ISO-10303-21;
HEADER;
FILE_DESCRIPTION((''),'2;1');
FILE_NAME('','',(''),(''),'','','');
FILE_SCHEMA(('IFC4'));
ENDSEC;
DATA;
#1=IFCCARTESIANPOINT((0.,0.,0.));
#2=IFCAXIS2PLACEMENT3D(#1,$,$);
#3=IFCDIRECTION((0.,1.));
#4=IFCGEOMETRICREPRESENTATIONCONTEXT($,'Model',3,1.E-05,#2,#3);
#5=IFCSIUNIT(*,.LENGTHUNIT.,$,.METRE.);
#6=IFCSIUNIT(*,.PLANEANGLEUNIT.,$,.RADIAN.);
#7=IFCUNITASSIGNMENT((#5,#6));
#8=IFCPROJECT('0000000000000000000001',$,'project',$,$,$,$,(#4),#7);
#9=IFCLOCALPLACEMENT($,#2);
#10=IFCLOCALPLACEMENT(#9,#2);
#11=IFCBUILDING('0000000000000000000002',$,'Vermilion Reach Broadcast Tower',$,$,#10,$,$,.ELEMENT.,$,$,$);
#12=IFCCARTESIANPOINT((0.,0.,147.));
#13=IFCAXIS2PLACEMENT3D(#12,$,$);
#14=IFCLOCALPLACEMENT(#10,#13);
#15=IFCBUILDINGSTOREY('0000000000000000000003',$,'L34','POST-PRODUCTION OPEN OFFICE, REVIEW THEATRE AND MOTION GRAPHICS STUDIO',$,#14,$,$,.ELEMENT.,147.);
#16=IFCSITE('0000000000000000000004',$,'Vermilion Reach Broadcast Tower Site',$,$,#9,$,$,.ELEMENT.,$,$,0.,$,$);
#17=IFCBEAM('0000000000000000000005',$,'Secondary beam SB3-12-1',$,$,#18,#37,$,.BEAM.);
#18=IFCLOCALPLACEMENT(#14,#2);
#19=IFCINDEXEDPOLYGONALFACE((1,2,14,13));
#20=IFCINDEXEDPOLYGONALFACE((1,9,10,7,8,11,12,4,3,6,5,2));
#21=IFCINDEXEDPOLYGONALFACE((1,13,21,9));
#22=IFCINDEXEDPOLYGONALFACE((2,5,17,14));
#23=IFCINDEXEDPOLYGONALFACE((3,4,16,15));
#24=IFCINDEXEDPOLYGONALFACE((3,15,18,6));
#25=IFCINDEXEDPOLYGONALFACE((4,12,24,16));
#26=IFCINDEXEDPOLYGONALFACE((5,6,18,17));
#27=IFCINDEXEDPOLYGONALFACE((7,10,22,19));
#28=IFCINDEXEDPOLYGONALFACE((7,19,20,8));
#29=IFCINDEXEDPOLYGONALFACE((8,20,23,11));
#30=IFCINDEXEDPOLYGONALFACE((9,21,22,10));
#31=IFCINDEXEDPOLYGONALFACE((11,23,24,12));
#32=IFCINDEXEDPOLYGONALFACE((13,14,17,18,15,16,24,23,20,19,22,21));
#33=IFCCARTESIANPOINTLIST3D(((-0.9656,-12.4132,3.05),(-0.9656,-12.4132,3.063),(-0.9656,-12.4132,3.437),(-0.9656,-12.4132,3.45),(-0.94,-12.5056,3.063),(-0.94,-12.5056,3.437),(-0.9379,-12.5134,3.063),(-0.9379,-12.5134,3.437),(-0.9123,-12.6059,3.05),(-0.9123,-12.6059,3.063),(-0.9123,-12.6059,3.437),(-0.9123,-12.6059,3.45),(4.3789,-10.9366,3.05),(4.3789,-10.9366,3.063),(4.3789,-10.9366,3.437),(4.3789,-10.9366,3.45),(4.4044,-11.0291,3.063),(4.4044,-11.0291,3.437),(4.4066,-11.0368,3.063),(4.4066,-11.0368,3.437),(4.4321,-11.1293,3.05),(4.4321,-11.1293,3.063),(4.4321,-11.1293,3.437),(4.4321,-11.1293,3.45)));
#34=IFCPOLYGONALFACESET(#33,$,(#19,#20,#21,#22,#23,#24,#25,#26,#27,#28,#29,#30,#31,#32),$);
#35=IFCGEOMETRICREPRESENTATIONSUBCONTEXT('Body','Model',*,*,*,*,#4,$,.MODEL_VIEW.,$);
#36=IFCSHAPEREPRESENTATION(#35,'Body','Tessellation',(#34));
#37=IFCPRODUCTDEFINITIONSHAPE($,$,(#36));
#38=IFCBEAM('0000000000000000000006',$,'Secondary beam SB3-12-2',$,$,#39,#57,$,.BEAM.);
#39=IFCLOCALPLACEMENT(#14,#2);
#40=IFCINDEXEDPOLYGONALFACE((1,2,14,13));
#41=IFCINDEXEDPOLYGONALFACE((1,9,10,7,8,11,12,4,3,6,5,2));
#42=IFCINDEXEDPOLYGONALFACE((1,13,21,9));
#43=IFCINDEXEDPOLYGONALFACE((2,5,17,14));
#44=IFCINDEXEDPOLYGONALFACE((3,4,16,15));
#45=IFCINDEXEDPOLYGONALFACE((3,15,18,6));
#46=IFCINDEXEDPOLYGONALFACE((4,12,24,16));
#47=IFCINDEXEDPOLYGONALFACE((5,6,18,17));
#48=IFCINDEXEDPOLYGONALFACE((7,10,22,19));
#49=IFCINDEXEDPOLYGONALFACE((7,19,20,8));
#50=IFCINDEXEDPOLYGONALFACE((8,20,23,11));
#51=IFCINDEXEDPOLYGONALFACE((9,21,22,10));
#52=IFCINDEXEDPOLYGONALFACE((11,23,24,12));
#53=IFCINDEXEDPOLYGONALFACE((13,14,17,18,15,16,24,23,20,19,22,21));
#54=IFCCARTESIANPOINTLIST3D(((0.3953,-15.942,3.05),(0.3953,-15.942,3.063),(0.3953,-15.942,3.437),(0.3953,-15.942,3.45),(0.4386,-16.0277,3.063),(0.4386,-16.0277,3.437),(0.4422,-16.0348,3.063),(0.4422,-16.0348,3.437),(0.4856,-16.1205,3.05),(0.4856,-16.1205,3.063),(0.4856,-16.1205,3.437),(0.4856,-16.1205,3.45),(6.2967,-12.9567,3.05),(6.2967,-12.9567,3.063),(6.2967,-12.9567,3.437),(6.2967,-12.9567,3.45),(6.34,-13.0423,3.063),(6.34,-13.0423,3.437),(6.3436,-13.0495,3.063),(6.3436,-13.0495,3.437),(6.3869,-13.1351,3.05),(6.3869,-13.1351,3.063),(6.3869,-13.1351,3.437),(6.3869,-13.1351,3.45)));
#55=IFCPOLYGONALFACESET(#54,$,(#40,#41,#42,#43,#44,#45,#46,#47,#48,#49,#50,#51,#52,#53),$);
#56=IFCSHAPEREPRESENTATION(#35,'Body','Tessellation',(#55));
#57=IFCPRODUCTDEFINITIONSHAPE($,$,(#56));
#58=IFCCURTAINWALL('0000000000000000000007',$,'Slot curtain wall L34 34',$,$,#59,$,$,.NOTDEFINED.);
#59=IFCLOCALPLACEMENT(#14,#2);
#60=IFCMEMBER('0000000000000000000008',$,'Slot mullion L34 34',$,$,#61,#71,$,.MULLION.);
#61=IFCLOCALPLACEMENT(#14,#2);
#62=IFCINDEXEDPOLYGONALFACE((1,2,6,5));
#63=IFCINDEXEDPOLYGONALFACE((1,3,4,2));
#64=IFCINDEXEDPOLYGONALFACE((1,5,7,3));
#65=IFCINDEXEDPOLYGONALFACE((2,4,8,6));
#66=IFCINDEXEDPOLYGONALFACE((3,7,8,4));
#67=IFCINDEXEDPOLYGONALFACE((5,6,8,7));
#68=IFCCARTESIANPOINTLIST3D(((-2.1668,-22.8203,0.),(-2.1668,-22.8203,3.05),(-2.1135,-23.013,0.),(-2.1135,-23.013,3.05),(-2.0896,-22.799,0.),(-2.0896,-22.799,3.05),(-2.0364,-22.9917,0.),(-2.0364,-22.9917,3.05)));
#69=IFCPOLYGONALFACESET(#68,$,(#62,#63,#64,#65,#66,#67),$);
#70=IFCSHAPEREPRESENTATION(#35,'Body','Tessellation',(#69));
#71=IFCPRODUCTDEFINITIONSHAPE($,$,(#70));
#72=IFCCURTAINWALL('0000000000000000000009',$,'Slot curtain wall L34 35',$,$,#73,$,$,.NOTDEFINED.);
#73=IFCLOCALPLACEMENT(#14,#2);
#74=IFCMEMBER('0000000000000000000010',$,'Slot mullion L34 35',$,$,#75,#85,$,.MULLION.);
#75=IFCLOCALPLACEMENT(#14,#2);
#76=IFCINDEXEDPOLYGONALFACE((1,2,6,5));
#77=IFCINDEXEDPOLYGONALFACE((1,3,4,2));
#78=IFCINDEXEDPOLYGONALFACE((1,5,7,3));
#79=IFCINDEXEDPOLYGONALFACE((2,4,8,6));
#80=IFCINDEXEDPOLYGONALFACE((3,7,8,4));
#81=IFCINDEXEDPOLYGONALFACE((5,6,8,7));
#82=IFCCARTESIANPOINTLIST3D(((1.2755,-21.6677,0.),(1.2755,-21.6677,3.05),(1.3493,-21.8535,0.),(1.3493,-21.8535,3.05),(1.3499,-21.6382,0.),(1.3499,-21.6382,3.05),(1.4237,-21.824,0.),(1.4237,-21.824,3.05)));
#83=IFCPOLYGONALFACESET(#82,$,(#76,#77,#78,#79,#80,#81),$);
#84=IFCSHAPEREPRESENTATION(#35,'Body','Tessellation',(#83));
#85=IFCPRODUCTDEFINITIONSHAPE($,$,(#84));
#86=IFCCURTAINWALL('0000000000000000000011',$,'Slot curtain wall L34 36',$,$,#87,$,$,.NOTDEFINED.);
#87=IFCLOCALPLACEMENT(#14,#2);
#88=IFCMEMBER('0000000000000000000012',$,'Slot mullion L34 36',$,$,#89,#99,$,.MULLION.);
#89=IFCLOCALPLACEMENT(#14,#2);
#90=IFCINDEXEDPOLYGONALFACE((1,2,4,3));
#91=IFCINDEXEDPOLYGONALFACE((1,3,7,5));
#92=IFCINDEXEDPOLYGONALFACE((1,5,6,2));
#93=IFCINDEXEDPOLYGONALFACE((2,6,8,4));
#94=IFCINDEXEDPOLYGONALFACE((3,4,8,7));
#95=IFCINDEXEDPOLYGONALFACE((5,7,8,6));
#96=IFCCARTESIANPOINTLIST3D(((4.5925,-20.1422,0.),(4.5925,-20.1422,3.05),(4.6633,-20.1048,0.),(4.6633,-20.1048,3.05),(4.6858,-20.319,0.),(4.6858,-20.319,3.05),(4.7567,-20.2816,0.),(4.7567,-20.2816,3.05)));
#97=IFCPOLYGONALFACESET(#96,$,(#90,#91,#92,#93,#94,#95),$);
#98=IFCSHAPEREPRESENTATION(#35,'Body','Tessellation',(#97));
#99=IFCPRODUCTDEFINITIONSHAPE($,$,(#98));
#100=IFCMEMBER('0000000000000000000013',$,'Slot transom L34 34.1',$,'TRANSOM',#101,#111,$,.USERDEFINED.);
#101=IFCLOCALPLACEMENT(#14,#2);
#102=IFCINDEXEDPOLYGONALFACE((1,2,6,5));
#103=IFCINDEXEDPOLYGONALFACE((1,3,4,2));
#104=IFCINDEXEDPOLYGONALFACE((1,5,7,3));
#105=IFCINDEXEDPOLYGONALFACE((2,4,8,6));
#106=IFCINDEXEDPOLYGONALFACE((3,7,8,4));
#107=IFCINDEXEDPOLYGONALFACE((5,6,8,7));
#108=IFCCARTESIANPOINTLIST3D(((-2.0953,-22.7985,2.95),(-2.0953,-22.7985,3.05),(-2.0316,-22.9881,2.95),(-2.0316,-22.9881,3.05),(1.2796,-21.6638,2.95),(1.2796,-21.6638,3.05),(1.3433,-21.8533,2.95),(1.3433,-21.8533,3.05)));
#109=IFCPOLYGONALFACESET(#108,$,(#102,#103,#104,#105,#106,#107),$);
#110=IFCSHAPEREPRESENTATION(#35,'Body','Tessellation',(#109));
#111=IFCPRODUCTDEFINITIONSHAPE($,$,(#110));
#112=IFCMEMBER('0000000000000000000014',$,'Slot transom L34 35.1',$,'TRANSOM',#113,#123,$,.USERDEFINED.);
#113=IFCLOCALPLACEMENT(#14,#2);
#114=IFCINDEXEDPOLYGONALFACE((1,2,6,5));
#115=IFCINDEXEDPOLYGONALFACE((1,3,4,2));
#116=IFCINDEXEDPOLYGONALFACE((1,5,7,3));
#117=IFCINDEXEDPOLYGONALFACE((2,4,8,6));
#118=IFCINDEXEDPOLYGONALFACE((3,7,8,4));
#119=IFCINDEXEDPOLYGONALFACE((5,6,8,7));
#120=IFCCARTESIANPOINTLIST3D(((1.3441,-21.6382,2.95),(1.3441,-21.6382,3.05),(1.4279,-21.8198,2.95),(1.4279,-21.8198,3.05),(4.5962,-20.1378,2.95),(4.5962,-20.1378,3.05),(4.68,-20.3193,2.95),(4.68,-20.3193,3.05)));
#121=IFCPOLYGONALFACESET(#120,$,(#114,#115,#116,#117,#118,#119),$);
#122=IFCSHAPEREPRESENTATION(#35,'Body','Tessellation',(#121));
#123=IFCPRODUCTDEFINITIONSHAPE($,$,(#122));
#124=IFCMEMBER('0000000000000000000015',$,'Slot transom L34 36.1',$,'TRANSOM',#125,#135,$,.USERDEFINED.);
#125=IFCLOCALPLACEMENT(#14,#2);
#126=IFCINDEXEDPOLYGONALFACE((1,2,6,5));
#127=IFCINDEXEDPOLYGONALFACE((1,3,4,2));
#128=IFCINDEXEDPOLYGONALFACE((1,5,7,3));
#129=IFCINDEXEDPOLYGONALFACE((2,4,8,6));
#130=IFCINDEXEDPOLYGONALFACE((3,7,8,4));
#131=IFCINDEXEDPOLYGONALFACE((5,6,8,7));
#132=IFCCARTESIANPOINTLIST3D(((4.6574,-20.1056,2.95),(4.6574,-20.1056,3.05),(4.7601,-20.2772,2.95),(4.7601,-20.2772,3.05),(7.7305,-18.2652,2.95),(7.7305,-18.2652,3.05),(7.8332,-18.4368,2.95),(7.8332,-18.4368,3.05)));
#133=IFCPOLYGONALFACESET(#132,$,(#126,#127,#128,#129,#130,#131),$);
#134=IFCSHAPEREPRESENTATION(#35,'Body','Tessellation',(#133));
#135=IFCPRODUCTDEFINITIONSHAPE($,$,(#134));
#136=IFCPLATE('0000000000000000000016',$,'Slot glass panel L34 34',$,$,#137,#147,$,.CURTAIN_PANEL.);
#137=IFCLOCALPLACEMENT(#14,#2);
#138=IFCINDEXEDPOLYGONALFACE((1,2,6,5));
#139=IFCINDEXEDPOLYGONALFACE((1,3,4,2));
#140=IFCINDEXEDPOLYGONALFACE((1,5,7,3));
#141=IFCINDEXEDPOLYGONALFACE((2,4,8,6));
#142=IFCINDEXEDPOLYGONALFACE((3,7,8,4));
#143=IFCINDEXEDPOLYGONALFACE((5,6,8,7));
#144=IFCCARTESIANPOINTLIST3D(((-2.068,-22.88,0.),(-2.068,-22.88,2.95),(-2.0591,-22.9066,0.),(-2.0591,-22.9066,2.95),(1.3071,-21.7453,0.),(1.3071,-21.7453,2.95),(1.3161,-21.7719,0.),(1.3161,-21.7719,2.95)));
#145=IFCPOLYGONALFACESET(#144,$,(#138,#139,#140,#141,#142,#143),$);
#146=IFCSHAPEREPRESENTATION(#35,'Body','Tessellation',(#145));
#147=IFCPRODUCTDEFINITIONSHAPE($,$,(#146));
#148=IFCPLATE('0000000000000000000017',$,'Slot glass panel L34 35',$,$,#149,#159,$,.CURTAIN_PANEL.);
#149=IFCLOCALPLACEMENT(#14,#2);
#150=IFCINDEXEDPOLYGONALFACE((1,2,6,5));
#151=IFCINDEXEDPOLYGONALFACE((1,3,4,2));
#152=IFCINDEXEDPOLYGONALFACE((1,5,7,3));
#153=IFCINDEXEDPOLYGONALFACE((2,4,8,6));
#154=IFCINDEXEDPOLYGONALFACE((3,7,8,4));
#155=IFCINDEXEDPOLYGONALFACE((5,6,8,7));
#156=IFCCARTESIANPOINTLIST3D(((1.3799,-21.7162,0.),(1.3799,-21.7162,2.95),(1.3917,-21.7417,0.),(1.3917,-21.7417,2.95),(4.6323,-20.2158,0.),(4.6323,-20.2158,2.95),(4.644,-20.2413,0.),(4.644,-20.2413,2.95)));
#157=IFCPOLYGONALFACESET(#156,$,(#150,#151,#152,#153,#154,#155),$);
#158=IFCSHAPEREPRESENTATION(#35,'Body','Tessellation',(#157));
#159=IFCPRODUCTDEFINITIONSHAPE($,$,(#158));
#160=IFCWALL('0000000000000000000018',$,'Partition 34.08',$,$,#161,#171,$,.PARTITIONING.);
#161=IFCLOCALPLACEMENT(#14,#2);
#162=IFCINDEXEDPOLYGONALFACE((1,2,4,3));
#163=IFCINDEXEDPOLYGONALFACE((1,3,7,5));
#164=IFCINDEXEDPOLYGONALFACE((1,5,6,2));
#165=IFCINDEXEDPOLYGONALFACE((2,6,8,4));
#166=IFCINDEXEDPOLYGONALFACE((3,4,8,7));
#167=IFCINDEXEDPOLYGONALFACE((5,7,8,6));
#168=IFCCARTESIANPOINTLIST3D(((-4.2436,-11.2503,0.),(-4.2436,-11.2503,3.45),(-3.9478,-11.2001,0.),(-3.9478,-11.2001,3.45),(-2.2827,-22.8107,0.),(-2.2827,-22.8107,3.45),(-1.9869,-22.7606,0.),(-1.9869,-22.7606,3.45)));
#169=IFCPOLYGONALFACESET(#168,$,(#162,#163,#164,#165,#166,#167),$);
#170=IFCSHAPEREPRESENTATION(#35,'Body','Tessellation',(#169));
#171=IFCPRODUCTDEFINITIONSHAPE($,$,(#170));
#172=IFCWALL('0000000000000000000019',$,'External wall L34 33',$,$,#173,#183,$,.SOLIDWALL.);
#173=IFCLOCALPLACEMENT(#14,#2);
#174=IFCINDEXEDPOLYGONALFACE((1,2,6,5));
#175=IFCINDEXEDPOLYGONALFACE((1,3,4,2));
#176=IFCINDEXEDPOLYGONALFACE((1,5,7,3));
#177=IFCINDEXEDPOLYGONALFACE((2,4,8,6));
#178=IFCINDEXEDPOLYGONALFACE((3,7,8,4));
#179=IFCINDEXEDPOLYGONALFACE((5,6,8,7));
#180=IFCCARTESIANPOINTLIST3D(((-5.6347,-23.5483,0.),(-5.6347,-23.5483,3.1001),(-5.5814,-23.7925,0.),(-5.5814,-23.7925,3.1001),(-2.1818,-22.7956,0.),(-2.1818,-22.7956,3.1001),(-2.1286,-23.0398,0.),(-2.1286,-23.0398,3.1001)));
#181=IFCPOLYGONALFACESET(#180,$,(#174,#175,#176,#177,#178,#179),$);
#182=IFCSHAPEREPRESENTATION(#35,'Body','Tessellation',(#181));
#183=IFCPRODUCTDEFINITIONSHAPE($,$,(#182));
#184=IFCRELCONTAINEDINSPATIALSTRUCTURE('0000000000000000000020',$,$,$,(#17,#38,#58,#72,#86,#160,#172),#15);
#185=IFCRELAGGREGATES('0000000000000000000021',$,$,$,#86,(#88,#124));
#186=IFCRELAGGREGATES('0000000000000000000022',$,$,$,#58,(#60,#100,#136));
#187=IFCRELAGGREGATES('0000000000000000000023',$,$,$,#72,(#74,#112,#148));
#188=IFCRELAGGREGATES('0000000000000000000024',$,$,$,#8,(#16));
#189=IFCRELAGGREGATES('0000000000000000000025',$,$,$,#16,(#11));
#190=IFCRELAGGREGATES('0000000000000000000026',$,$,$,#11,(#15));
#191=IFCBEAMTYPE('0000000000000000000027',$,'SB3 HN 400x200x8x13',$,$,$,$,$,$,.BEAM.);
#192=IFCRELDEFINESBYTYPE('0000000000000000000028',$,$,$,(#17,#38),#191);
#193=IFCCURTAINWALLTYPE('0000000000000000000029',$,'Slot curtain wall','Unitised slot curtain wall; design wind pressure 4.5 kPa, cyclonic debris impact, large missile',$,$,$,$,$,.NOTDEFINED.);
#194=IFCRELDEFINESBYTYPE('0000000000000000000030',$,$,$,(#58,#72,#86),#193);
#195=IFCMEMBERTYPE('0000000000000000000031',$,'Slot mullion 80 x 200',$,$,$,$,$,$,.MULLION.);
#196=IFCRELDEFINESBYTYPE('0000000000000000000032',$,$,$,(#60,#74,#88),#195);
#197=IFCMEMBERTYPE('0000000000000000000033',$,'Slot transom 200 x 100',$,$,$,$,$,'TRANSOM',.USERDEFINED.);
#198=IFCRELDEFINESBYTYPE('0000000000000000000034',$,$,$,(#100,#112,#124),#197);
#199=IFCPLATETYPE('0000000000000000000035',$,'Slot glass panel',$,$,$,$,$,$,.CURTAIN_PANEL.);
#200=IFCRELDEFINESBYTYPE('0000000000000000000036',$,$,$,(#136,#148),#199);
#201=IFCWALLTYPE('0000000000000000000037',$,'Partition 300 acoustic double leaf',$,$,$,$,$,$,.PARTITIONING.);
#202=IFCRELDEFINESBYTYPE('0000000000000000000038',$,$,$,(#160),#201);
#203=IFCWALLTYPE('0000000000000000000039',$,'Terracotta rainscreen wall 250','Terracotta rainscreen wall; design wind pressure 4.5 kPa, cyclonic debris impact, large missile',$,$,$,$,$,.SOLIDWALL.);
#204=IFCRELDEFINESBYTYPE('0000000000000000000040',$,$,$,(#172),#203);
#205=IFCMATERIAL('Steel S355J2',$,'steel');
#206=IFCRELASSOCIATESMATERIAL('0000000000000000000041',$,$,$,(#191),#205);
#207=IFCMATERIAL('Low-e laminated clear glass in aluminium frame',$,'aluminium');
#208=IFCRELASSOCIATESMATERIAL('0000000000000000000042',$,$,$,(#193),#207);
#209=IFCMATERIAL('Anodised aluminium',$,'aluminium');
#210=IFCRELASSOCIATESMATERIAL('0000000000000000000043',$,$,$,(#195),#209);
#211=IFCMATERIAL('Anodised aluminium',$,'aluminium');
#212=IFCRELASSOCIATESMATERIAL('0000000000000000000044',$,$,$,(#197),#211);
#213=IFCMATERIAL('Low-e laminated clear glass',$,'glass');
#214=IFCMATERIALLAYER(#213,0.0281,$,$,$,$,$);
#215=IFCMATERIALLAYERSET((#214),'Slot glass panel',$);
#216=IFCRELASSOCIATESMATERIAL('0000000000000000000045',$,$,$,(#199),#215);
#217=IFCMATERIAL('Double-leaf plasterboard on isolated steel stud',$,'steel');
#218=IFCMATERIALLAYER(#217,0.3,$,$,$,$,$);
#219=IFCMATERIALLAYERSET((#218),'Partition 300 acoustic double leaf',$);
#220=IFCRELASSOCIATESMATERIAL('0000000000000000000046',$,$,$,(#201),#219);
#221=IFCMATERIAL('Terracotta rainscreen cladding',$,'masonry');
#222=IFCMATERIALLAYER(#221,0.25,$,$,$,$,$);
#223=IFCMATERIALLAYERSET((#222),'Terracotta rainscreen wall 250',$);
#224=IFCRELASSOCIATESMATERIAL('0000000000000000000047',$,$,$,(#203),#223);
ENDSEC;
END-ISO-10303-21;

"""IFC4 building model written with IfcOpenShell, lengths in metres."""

from ifc_helpers import new_model, si_unit, direction, frame, frame_2d, origin, origin_2d, place, context, subcontext, project, spatial, rectangle, i_section, extrude, material, layer, layer_set, material_profile, profile_set, type_object, element, aggregate, save


model = new_model("IFC4")

# Units and contexts
model_context = context("Model", 3, precision=1e-05, world=origin(), true_north=direction((0.0, 1.0)))
body_context = subcontext(model_context, "Body", "Model", "MODEL_VIEW")
ifc_project = project(units=[si_unit("LENGTHUNIT", "METRE"), si_unit("PLANEANGLEUNIT", "RADIAN")], contexts=[model_context])

# Site, building, storey
site_placement = place(None, origin())
site = spatial("IfcSite", under=ifc_project, at=site_placement, Name="Vermilion Reach Broadcast Tower Site", CompositionType="ELEMENT", RefElevation=0.0)
building_placement = place(site_placement, origin())
building = spatial("IfcBuilding", under=site, at=building_placement, Name="Vermilion Reach Broadcast Tower", CompositionType="ELEMENT")
storey_placement = place(building_placement, frame((0.0, 0.0, 147.0)))
storey = spatial("IfcBuildingStorey", under=building, at=storey_placement, Name="L34", Description="POST-PRODUCTION OPEN OFFICE, REVIEW THEATRE AND MOTION GRAPHICS STUDIO", CompositionType="ELEMENT", Elevation=147.0)

# Beams
ifc_material_1 = material(Name="Steel S355J2", Category="steel")
ifc_material_profile_1 = material_profile(ifc_material_1, i_section(OverallWidth=0.2, OverallDepth=0.3999, WebThickness=0.0081, FlangeThickness=0.0129, at=origin_2d()), Name="S355J2 HN 400x200x8x13")
ifc_profile_set_1 = profile_set([ifc_material_profile_1], Name="Steel S355J2")
beam_type_1 = type_object("IfcBeamType", Name="SB3 HN 400x200x8x13", PredefinedType="BEAM", material=ifc_profile_set_1)
beam_1_placement = place(storey_placement, frame((-0.939, -12.5095, 3.25), z_axis=(0.96389, 0.266301, 0.0), x_axis=(-0.266301, 0.96389, 0.0)))
element("IfcBeam", 1, at=beam_1_placement, inside=storey, type_object=beam_type_1, Name="Secondary beam SB3-12-1", PredefinedType="BEAM", context=body_context, shape_type="SweptSolid", body=[
    extrude(i_section(OverallWidth=0.2, OverallDepth=0.3999, WebThickness=0.0081, FlangeThickness=0.0129, at=origin_2d()), origin(), (0.0, 0.0, 1.0), 5.5447),
])
beam_2_placement = place(storey_placement, frame((0.4404, -16.0312, 3.25), z_axis=(0.892321, 0.451402, 0.0), x_axis=(-0.451402, 0.892321, 0.0)))
element("IfcBeam", 2, at=beam_2_placement, inside=storey, type_object=beam_type_1, Name="Secondary beam SB3-12-2", PredefinedType="BEAM", context=body_context, shape_type="SweptSolid", body=[
    extrude(i_section(OverallWidth=0.2, OverallDepth=0.3999, WebThickness=0.0081, FlangeThickness=0.0129, at=origin_2d()), origin(), (0.0, 0.0, 1.0), 6.6135),
])

# Curtain walls, members
ifc_material_2 = material(Name="Low-e laminated clear glass in aluminium frame", Category="aluminium")
curtain_wall_type = type_object("IfcCurtainWallType", Name="Slot curtain wall", Description="Unitised slot curtain wall; design wind pressure 4.5 kPa, cyclonic debris impact, large missile", PredefinedType="NOTDEFINED", material=ifc_material_2)
placement = place(storey_placement, origin())
curtain_wall_1 = element("IfcCurtainWall", 3, at=placement, inside=storey, type_object=curtain_wall_type, Name="Slot curtain wall L34 34", PredefinedType="NOTDEFINED")
ifc_material_3 = material(Name="Anodised aluminium", Category="aluminium")
ifc_material_profile_2 = material_profile(ifc_material_3, rectangle(XDim=0.2, YDim=0.0801, at=origin_2d()), Name="Slot mullion 80 x 200")
ifc_profile_set_2 = profile_set([ifc_material_profile_2], Name="Anodised aluminium")
member_type_1 = type_object("IfcMemberType", Name="Slot mullion 80 x 200", PredefinedType="MULLION", material=ifc_profile_set_2)
member_1_placement = place(storey_placement, frame((-2.1016, -22.906, 0.0), z_axis=(0.0, 0.0, 1.0), x_axis=(-0.266212, 0.963914, 0.0)))
member_1 = element("IfcMember", 4, at=member_1_placement, type_object=member_type_1, Name="Slot mullion L34 34", PredefinedType="MULLION", context=body_context, shape_type="SweptSolid", body=[
    extrude(rectangle(XDim=0.2, YDim=0.0801, at=origin_2d()), origin(), (0.0, 0.0, 1.0), 3.05),
])
curtain_wall_2 = element("IfcCurtainWall", 5, at=placement, inside=storey, type_object=curtain_wall_type, Name="Slot curtain wall L34 35", PredefinedType="NOTDEFINED")
member_2_placement = place(storey_placement, frame((1.3496, -21.7458, 0.0), z_axis=(0.0, 0.0, 1.0), x_axis=(-0.369326, 0.9293, 0.0)))
member_2 = element("IfcMember", 6, at=member_2_placement, type_object=member_type_1, Name="Slot mullion L34 35", PredefinedType="MULLION", context=body_context, shape_type="SweptSolid", body=[
    extrude(rectangle(XDim=0.2, YDim=0.0801, at=origin_2d()), origin(), (0.0, 0.0, 1.0), 3.05),
])
curtain_wall_3 = element("IfcCurtainWall", 7, at=placement, inside=storey, type_object=curtain_wall_type, Name="Slot curtain wall L34 36", PredefinedType="NOTDEFINED")
member_3_placement = place(storey_placement, frame((4.6746, -20.2119, 0.0), z_axis=(0.0, 0.0, 1.0), x_axis=(-0.467004, 0.884255, 0.0)))
member_3 = element("IfcMember", 8, at=member_3_placement, type_object=member_type_1, Name="Slot mullion L34 36", PredefinedType="MULLION", context=body_context, shape_type="SweptSolid", body=[
    extrude(rectangle(XDim=0.2, YDim=0.0801, at=origin_2d()), origin(), (0.0, 0.0, 1.0), 3.05),
])

# Members
ifc_material_4 = material(Name="Anodised aluminium", Category="aluminium")
ifc_material_profile_3 = material_profile(ifc_material_4, rectangle(XDim=0.2, YDim=0.1001, at=origin_2d()), Name="Slot transom 200 x 100")
ifc_profile_set_3 = profile_set([ifc_material_profile_3], Name="Anodised aluminium")
member_type_2 = type_object("IfcMemberType", Name="Slot transom 200 x 100", ElementType="TRANSOM", PredefinedType="USERDEFINED", material=ifc_profile_set_3)
member_4_placement = place(storey_placement, frame((-2.0635, -22.8933, 3.0), z_axis=(0.947857, 0.318695, 0.0), x_axis=(-0.318695, 0.947857, 0.0)))
member_4 = element("IfcMember", 9, at=member_4_placement, type_object=member_type_2, Name="Slot transom L34 34.1", ObjectType="TRANSOM", PredefinedType="USERDEFINED", context=body_context, shape_type="SweptSolid", body=[
    extrude(rectangle(XDim=0.2, YDim=0.1001, at=origin_2d()), origin(), (0.0, 0.0, 1.0), 3.5605),
])
member_5_placement = place(storey_placement, frame((1.386, -21.729, 3.0), z_axis=(0.908015, 0.418937, 0.0), x_axis=(-0.418937, 0.908015, 0.0)))
member_5 = element("IfcMember", 10, at=member_5_placement, type_object=member_type_2, Name="Slot transom L34 35.1", ObjectType="TRANSOM", PredefinedType="USERDEFINED", context=body_context, shape_type="SweptSolid", body=[
    extrude(rectangle(XDim=0.2, YDim=0.1001, at=origin_2d()), origin(), (0.0, 0.0, 1.0), 3.5815),
])
member_6_placement = place(storey_placement, frame((4.7087, -20.1914, 3.0), z_axis=(0.85792, 0.513784, 0.0), x_axis=(-0.513784, 0.85792, 0.0)))
member_6 = element("IfcMember", 11, at=member_6_placement, type_object=member_type_2, Name="Slot transom L34 36.1", ObjectType="TRANSOM", PredefinedType="USERDEFINED", context=body_context, shape_type="SweptSolid", body=[
    extrude(rectangle(XDim=0.2, YDim=0.1001, at=origin_2d()), origin(), (0.0, 0.0, 1.0), 3.582),
])
aggregate(curtain_wall_3, [member_3, member_6])

# Plates
ifc_material_5 = material(Name="Low-e laminated clear glass", Category="glass")
ifc_layer_1 = layer(ifc_material_5, 0.0281)
ifc_layer_set_1 = layer_set([ifc_layer_1], Name="Slot glass panel")
plate_type = type_object("IfcPlateType", Name="Slot glass panel", PredefinedType="CURTAIN_PANEL", material=ifc_layer_set_1)
plate_1_placement = place(storey_placement, frame((-0.376, -22.3259, 0.0), z_axis=(0.0, 0.0, 1.0), x_axis=(0.947866, 0.318669, 0.0)))
plate_1 = element("IfcPlate", 12, at=plate_1_placement, type_object=plate_type, Name="Slot glass panel L34 34", PredefinedType="CURTAIN_PANEL", context=body_context, shape_type="SweptSolid", body=[
    extrude(rectangle(XDim=3.5608, YDim=0.0281, at=origin_2d()), origin(), (0.0, 0.0, 1.0), 2.95),
])
aggregate(curtain_wall_1, [member_1, member_4, plate_1])
plate_2_placement = place(storey_placement, frame((3.012, -20.9788, 0.0), z_axis=(0.0, 0.0, 1.0), x_axis=(0.908029, 0.418908, 0.0)))
plate_2 = element("IfcPlate", 13, at=plate_2_placement, type_object=plate_type, Name="Slot glass panel L34 35", PredefinedType="CURTAIN_PANEL", context=body_context, shape_type="SweptSolid", body=[
    extrude(rectangle(XDim=3.5818, YDim=0.0281, at=origin_2d()), origin(), (0.0, 0.0, 1.0), 2.95),
])
aggregate(curtain_wall_2, [member_2, member_5, plate_2])

# Walls
ifc_material_6 = material(Name="Double-leaf plasterboard on isolated steel stud", Category="steel")
ifc_layer_2 = layer(ifc_material_6, 0.3)
ifc_layer_set_2 = layer_set([ifc_layer_2], Name="Partition 300 acoustic double leaf")
wall_type_1 = type_object("IfcWallType", Name="Partition 300 acoustic double leaf", PredefinedType="PARTITIONING", material=ifc_layer_set_2)
wall_1_placement = place(storey_placement, frame((-2.1348, -22.7856, 0.0), z_axis=(0.0, 0.0, 1.0), x_axis=(-0.167234, 0.985917, 0.0)))
element("IfcWall", 14, at=wall_1_placement, inside=storey, type_object=wall_type_1, Name="Partition 34.08", PredefinedType="PARTITIONING", context=body_context, shape_type="SweptSolid", body=[
    extrude(rectangle(XDim=11.7256, YDim=0.3, at=frame_2d((5.8628, 0.0))), origin(), (0.0, 0.0, 1.0), 3.45),
])
ifc_material_7 = material(Name="Terracotta rainscreen cladding", Category="masonry")
ifc_layer_3 = layer(ifc_material_7, 0.25)
ifc_layer_set_3 = layer_set([ifc_layer_3], Name="Terracotta rainscreen wall 250")
wall_type_2 = type_object("IfcWallType", Name="Terracotta rainscreen wall 250", Description="Terracotta rainscreen wall; design wind pressure 4.5 kPa, cyclonic debris impact, large missile", PredefinedType="SOLIDWALL", material=ifc_layer_set_3)
wall_2_placement = place(storey_placement, frame((-5.6082, -23.6704, 0.0), z_axis=(0.0, 0.0, 1.0), x_axis=(0.977055, 0.212986, 0.0)))
element("IfcWall", 15, at=wall_2_placement, inside=storey, type_object=wall_type_2, Name="External wall L34 33", PredefinedType="SOLIDWALL", context=body_context, shape_type="SweptSolid", body=[
    extrude(rectangle(XDim=3.5339, YDim=0.25, at=frame_2d((1.7671, 0.0))), origin(), (0.0, 0.0, 1.0), 3.1001),
])

save(model, "model.ifc")
